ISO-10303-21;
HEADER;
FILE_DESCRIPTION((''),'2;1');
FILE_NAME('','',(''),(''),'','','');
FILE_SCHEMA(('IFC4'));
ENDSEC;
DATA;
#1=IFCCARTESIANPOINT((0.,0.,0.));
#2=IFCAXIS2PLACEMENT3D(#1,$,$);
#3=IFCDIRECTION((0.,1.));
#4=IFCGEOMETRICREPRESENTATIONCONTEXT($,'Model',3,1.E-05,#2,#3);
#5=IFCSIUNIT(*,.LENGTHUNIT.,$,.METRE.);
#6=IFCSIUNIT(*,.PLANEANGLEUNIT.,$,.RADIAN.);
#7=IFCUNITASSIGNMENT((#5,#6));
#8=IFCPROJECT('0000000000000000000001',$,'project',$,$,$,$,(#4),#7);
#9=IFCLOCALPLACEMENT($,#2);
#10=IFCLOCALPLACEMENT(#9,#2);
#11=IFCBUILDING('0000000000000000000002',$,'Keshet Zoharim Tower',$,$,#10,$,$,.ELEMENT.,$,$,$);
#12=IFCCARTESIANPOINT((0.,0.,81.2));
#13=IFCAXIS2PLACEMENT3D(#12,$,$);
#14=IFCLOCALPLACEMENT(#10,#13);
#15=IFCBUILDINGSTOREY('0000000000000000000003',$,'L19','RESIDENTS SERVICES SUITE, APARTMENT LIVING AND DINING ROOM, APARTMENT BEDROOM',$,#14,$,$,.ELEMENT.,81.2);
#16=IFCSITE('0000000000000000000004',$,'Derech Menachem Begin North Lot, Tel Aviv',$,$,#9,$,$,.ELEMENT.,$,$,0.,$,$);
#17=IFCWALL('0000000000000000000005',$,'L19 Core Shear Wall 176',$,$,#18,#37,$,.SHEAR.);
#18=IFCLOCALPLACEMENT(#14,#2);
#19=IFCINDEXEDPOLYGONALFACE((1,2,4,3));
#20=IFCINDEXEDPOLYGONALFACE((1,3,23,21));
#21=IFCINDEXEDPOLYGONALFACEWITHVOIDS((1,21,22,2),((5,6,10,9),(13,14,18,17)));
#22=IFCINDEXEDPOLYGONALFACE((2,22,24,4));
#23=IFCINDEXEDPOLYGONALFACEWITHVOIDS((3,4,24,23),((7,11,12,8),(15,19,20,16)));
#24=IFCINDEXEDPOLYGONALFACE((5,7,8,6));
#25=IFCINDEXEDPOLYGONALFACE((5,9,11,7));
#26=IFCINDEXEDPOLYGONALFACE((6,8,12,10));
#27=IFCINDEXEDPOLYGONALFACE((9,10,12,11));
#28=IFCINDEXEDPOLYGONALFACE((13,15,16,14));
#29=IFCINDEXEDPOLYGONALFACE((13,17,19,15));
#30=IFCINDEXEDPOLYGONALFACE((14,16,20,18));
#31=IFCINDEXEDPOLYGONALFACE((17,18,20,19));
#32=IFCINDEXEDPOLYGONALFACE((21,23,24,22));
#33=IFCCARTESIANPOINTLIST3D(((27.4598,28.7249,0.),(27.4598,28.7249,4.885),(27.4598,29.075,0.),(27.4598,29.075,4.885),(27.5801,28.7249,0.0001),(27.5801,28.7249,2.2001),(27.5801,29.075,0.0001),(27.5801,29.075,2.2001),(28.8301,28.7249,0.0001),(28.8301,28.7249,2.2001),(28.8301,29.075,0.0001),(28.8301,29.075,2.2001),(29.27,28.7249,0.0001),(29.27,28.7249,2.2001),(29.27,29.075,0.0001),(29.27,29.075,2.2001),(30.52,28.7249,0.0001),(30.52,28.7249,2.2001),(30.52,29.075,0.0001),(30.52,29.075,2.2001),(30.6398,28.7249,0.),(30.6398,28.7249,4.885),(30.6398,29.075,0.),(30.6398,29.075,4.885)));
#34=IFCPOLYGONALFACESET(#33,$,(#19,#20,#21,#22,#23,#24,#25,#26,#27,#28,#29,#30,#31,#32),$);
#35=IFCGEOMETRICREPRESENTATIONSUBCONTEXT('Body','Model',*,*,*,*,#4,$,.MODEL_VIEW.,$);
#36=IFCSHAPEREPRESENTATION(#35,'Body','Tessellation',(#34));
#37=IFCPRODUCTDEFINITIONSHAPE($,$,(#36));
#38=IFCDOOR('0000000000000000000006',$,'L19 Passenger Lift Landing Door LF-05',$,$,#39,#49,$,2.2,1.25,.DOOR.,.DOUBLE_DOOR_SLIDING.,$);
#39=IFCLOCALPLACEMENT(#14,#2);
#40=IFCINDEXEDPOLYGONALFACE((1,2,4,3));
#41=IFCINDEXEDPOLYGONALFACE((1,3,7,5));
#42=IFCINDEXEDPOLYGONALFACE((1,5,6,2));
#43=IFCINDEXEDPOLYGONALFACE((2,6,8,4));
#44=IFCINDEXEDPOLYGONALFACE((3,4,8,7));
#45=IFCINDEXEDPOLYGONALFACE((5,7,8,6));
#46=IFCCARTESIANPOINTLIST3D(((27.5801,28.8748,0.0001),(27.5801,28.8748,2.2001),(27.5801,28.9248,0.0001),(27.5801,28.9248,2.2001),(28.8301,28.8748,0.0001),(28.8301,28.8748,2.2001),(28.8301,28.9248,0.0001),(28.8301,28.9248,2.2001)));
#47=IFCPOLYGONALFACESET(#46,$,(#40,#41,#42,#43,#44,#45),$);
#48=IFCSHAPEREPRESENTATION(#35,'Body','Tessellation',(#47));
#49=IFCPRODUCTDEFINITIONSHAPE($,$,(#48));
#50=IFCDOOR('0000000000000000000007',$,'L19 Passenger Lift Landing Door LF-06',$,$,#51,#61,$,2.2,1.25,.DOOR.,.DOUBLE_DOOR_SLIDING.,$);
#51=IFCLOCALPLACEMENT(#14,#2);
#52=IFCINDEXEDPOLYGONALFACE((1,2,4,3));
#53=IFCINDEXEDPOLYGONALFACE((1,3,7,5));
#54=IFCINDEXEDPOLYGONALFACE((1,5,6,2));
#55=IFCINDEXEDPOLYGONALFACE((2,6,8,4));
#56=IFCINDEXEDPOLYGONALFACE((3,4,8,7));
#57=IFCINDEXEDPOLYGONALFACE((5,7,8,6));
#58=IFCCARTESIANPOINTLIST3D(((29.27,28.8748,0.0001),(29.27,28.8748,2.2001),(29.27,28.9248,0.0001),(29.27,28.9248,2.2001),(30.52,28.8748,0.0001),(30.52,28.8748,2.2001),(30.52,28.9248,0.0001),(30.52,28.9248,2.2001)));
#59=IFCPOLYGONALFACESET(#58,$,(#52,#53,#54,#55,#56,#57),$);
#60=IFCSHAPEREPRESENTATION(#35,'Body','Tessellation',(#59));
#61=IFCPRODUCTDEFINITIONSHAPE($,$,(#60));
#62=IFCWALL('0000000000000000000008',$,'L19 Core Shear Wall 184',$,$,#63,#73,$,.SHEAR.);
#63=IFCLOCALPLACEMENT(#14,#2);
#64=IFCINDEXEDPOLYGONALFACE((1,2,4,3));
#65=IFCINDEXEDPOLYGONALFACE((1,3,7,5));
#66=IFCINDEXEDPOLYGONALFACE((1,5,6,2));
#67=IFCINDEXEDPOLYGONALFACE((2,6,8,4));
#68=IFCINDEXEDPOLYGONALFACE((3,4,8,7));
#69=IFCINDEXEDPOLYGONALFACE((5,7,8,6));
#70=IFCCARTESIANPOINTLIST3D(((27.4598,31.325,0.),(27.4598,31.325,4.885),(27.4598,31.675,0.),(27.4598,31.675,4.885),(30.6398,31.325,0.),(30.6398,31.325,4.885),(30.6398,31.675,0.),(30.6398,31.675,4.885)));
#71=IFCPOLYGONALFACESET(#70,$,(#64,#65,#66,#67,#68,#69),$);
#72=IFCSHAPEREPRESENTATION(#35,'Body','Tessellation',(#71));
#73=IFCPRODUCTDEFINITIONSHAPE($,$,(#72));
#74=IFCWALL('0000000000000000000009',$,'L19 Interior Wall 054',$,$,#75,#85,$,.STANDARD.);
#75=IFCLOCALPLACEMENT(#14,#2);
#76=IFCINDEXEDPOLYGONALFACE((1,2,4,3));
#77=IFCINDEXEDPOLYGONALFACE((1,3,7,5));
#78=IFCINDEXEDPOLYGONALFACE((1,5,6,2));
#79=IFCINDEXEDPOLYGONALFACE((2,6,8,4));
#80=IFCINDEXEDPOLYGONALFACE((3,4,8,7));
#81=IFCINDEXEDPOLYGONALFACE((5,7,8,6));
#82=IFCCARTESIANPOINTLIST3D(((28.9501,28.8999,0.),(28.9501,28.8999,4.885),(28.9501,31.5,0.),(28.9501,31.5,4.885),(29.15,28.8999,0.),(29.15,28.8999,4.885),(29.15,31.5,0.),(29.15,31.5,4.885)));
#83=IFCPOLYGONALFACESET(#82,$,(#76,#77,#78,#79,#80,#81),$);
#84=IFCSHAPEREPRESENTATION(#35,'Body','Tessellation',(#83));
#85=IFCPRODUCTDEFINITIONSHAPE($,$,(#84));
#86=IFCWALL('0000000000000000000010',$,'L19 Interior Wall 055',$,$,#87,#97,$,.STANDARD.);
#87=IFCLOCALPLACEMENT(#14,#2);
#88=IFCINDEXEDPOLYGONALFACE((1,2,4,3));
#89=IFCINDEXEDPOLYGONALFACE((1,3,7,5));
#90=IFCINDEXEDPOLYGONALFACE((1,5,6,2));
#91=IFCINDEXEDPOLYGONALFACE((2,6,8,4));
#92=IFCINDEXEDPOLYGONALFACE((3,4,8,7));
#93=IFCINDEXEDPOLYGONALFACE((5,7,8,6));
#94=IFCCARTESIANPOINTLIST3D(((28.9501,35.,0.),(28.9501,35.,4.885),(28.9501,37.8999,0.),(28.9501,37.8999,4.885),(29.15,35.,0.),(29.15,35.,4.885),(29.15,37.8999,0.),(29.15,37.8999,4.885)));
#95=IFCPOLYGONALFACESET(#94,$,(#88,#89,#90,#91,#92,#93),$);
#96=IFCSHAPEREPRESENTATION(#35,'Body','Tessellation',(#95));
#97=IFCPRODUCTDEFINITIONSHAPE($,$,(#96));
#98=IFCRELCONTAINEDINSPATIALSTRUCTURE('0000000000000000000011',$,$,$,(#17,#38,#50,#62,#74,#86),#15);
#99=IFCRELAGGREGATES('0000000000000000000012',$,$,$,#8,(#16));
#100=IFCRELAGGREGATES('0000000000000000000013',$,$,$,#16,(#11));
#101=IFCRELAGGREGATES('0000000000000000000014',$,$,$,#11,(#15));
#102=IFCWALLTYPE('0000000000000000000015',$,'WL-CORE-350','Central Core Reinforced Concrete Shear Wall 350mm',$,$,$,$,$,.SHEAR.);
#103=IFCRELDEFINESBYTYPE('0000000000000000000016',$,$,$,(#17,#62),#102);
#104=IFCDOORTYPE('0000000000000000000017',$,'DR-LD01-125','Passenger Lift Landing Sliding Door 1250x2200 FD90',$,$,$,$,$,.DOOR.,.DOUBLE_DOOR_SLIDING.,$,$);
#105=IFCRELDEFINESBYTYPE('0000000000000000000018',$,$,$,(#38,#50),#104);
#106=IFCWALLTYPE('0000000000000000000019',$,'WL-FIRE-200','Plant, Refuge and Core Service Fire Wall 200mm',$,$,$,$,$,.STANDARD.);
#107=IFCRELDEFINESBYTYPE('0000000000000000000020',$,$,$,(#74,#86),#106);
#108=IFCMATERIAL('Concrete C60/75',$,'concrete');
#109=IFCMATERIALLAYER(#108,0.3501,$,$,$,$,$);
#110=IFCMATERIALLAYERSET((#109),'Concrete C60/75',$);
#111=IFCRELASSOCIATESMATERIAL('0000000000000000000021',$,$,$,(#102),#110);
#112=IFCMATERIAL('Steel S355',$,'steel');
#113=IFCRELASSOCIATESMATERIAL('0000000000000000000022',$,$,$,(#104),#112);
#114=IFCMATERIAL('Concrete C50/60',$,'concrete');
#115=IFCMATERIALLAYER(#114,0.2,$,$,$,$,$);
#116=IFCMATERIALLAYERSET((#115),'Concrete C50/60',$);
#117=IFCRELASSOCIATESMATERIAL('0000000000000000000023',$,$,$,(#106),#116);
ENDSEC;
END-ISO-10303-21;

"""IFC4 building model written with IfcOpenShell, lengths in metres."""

from ifc_helpers import new_model, si_unit, direction, frame, frame_2d, origin, place, context, subcontext, project, spatial, rectangle, extrude, material, layer, layer_set, type_object, element, fill, save


model = new_model("IFC4")

# Units and contexts
model_context = context("Model", 3, precision=1e-05, world=origin(), true_north=direction((0.0, 1.0)))
body_context = subcontext(model_context, "Body", "Model", "MODEL_VIEW")
ifc_project = project(units=[si_unit("LENGTHUNIT", "METRE"), si_unit("PLANEANGLEUNIT", "RADIAN")], contexts=[model_context])

# Site, building, storey
site_placement = place(None, origin())
site = spatial("IfcSite", under=ifc_project, at=site_placement, Name="Derech Menachem Begin North Lot, Tel Aviv", CompositionType="ELEMENT", RefElevation=0.0)
building_placement = place(site_placement, origin())
building = spatial("IfcBuilding", under=site, at=building_placement, Name="Keshet Zoharim Tower", CompositionType="ELEMENT")
storey_placement = place(building_placement, frame((0.0, 0.0, 81.2)))
storey = spatial("IfcBuildingStorey", under=building, at=storey_placement, Name="L19", Description="RESIDENTS SERVICES SUITE, APARTMENT LIVING AND DINING ROOM, APARTMENT BEDROOM", CompositionType="ELEMENT", Elevation=81.2)

# Shared definitions
ifc_material_1 = material(Name="Concrete C60/75", Category="concrete")

# Shared definitions
ifc_material_2 = material(Name="Steel S355", Category="steel")

# Shared definitions
ifc_layer_1 = layer(ifc_material_1, 0.3501)
ifc_layer_set_1 = layer_set([ifc_layer_1], Name="Concrete C60/75")
wall_type_1 = type_object("IfcWallType", Name="WL-CORE-350", Description="Central Core Reinforced Concrete Shear Wall 350mm", PredefinedType="SHEAR", material=ifc_layer_set_1)

# Wall, openings, doors
door_type_1 = type_object("IfcDoorType", Name="DR-LD01-125", Description="Passenger Lift Landing Sliding Door 1250x2200 FD90", OperationType="DOUBLE_DOOR_SLIDING", PredefinedType="DOOR", material=ifc_material_2)
wall_1_placement = place(storey_placement, frame((27.46, 28.8999, 0.0), z_axis=(0.0, 0.0, 1.0), x_axis=(1.0, 0.0, 0.0)))
wall_1 = element("IfcWall", 1, at=wall_1_placement, inside=storey, type_object=wall_type_1, Name="L19 Core Shear Wall 176", PredefinedType="SHEAR", context=body_context, shape_type="SweptSolid", body=[
    extrude(rectangle(XDim=3.1799, YDim=0.3501, at=frame_2d((1.5898, 0.0))), origin(), (0.0, 0.0, 1.0), 4.885),
])
opening_1_placement = place(wall_1_placement, frame((0.1201, 0.0, 0.0)))
opening_1 = element("IfcOpeningElement", 2, at=opening_1_placement, cuts=wall_1, PredefinedType="OPENING", context=body_context, shape_type="SweptSolid", body=[
    extrude(rectangle(XDim=1.25, YDim=2.2, at=frame_2d((0.625, 1.1001))), frame((0.0, 0.1851, 0.0), z_axis=(0.0, -1.0, 0.0), x_axis=(1.0, 0.0, 0.0)), (0.0, 0.0, 1.0), 0.3701),
])
opening_2_placement = place(wall_1_placement, frame((1.8101, 0.0, 0.0)))
opening_2 = element("IfcOpeningElement", 3, at=opening_2_placement, cuts=wall_1, PredefinedType="OPENING", context=body_context, shape_type="SweptSolid", body=[
    extrude(rectangle(XDim=1.25, YDim=2.2, at=frame_2d((0.625, 1.1001))), frame((0.0, 0.1851, 0.0), z_axis=(0.0, -1.0, 0.0), x_axis=(1.0, 0.0, 0.0)), (0.0, 0.0, 1.0), 0.3701),
])
door_1_placement = place(opening_1_placement, origin())
door_1 = element("IfcDoor", 4, at=door_1_placement, inside=storey, type_object=door_type_1, Name="L19 Passenger Lift Landing Door LF-05", OperationType="DOUBLE_DOOR_SLIDING", OverallHeight=2.2, OverallWidth=1.25, PredefinedType="DOOR", context=body_context, shape_type="SweptSolid", body=[
    extrude(rectangle(XDim=1.25, YDim=2.2, at=frame_2d((0.625, 1.1001))), frame((0.0, 0.0249, 0.0), z_axis=(0.0, -1.0, 0.0), x_axis=(1.0, 0.0, 0.0)), (0.0, 0.0, 1.0), 0.05),
])
fill(opening_1, door_1)
door_2_placement = place(opening_2_placement, origin())
door_2 = element("IfcDoor", 5, at=door_2_placement, inside=storey, type_object=door_type_1, Name="L19 Passenger Lift Landing Door LF-06", OperationType="DOUBLE_DOOR_SLIDING", OverallHeight=2.2, OverallWidth=1.25, PredefinedType="DOOR", context=body_context, shape_type="SweptSolid", body=[
    extrude(rectangle(XDim=1.25, YDim=2.2, at=frame_2d((0.625, 1.1001))), frame((0.0, 0.0249, 0.0), z_axis=(0.0, -1.0, 0.0), x_axis=(1.0, 0.0, 0.0)), (0.0, 0.0, 1.0), 0.05),
])
fill(opening_2, door_2)

# Walls
wall_2_placement = place(storey_placement, frame((27.46, 31.5, 0.0), z_axis=(0.0, 0.0, 1.0), x_axis=(1.0, 0.0, 0.0)))
element("IfcWall", 6, at=wall_2_placement, inside=storey, type_object=wall_type_1, Name="L19 Core Shear Wall 184", PredefinedType="SHEAR", context=body_context, shape_type="SweptSolid", body=[
    extrude(rectangle(XDim=3.1799, YDim=0.3501, at=frame_2d((1.5898, 0.0))), origin(), (0.0, 0.0, 1.0), 4.885),
])
ifc_material_3 = material(Name="Concrete C50/60", Category="concrete")
ifc_layer_2 = layer(ifc_material_3, 0.2)
ifc_layer_set_2 = layer_set([ifc_layer_2], Name="Concrete C50/60")
wall_type_2 = type_object("IfcWallType", Name="WL-FIRE-200", Description="Plant, Refuge and Core Service Fire Wall 200mm", PredefinedType="STANDARD", material=ifc_layer_set_2)
wall_3_placement = place(storey_placement, frame((29.05, 28.8999, 0.0), z_axis=(0.0, 0.0, 1.0), x_axis=(0.0, 1.0, 0.0)))
element("IfcWall", 7, at=wall_3_placement, inside=storey, type_object=wall_type_2, Name="L19 Interior Wall 054", PredefinedType="STANDARD", context=body_context, shape_type="SweptSolid", body=[
    extrude(rectangle(XDim=2.6001, YDim=0.2, at=frame_2d((1.3, 0.0))), origin(), (0.0, 0.0, 1.0), 4.885),
])
wall_4_placement = place(storey_placement, frame((29.05, 35.0, 0.0), z_axis=(0.0, 0.0, 1.0), x_axis=(0.0, 1.0, 0.0)))
element("IfcWall", 8, at=wall_4_placement, inside=storey, type_object=wall_type_2, Name="L19 Interior Wall 055", PredefinedType="STANDARD", context=body_context, shape_type="SweptSolid", body=[
    extrude(rectangle(XDim=2.8999, YDim=0.2, at=frame_2d((1.45, 0.0))), origin(), (0.0, 0.0, 1.0), 4.885),
])

save(model, "model.ifc")
